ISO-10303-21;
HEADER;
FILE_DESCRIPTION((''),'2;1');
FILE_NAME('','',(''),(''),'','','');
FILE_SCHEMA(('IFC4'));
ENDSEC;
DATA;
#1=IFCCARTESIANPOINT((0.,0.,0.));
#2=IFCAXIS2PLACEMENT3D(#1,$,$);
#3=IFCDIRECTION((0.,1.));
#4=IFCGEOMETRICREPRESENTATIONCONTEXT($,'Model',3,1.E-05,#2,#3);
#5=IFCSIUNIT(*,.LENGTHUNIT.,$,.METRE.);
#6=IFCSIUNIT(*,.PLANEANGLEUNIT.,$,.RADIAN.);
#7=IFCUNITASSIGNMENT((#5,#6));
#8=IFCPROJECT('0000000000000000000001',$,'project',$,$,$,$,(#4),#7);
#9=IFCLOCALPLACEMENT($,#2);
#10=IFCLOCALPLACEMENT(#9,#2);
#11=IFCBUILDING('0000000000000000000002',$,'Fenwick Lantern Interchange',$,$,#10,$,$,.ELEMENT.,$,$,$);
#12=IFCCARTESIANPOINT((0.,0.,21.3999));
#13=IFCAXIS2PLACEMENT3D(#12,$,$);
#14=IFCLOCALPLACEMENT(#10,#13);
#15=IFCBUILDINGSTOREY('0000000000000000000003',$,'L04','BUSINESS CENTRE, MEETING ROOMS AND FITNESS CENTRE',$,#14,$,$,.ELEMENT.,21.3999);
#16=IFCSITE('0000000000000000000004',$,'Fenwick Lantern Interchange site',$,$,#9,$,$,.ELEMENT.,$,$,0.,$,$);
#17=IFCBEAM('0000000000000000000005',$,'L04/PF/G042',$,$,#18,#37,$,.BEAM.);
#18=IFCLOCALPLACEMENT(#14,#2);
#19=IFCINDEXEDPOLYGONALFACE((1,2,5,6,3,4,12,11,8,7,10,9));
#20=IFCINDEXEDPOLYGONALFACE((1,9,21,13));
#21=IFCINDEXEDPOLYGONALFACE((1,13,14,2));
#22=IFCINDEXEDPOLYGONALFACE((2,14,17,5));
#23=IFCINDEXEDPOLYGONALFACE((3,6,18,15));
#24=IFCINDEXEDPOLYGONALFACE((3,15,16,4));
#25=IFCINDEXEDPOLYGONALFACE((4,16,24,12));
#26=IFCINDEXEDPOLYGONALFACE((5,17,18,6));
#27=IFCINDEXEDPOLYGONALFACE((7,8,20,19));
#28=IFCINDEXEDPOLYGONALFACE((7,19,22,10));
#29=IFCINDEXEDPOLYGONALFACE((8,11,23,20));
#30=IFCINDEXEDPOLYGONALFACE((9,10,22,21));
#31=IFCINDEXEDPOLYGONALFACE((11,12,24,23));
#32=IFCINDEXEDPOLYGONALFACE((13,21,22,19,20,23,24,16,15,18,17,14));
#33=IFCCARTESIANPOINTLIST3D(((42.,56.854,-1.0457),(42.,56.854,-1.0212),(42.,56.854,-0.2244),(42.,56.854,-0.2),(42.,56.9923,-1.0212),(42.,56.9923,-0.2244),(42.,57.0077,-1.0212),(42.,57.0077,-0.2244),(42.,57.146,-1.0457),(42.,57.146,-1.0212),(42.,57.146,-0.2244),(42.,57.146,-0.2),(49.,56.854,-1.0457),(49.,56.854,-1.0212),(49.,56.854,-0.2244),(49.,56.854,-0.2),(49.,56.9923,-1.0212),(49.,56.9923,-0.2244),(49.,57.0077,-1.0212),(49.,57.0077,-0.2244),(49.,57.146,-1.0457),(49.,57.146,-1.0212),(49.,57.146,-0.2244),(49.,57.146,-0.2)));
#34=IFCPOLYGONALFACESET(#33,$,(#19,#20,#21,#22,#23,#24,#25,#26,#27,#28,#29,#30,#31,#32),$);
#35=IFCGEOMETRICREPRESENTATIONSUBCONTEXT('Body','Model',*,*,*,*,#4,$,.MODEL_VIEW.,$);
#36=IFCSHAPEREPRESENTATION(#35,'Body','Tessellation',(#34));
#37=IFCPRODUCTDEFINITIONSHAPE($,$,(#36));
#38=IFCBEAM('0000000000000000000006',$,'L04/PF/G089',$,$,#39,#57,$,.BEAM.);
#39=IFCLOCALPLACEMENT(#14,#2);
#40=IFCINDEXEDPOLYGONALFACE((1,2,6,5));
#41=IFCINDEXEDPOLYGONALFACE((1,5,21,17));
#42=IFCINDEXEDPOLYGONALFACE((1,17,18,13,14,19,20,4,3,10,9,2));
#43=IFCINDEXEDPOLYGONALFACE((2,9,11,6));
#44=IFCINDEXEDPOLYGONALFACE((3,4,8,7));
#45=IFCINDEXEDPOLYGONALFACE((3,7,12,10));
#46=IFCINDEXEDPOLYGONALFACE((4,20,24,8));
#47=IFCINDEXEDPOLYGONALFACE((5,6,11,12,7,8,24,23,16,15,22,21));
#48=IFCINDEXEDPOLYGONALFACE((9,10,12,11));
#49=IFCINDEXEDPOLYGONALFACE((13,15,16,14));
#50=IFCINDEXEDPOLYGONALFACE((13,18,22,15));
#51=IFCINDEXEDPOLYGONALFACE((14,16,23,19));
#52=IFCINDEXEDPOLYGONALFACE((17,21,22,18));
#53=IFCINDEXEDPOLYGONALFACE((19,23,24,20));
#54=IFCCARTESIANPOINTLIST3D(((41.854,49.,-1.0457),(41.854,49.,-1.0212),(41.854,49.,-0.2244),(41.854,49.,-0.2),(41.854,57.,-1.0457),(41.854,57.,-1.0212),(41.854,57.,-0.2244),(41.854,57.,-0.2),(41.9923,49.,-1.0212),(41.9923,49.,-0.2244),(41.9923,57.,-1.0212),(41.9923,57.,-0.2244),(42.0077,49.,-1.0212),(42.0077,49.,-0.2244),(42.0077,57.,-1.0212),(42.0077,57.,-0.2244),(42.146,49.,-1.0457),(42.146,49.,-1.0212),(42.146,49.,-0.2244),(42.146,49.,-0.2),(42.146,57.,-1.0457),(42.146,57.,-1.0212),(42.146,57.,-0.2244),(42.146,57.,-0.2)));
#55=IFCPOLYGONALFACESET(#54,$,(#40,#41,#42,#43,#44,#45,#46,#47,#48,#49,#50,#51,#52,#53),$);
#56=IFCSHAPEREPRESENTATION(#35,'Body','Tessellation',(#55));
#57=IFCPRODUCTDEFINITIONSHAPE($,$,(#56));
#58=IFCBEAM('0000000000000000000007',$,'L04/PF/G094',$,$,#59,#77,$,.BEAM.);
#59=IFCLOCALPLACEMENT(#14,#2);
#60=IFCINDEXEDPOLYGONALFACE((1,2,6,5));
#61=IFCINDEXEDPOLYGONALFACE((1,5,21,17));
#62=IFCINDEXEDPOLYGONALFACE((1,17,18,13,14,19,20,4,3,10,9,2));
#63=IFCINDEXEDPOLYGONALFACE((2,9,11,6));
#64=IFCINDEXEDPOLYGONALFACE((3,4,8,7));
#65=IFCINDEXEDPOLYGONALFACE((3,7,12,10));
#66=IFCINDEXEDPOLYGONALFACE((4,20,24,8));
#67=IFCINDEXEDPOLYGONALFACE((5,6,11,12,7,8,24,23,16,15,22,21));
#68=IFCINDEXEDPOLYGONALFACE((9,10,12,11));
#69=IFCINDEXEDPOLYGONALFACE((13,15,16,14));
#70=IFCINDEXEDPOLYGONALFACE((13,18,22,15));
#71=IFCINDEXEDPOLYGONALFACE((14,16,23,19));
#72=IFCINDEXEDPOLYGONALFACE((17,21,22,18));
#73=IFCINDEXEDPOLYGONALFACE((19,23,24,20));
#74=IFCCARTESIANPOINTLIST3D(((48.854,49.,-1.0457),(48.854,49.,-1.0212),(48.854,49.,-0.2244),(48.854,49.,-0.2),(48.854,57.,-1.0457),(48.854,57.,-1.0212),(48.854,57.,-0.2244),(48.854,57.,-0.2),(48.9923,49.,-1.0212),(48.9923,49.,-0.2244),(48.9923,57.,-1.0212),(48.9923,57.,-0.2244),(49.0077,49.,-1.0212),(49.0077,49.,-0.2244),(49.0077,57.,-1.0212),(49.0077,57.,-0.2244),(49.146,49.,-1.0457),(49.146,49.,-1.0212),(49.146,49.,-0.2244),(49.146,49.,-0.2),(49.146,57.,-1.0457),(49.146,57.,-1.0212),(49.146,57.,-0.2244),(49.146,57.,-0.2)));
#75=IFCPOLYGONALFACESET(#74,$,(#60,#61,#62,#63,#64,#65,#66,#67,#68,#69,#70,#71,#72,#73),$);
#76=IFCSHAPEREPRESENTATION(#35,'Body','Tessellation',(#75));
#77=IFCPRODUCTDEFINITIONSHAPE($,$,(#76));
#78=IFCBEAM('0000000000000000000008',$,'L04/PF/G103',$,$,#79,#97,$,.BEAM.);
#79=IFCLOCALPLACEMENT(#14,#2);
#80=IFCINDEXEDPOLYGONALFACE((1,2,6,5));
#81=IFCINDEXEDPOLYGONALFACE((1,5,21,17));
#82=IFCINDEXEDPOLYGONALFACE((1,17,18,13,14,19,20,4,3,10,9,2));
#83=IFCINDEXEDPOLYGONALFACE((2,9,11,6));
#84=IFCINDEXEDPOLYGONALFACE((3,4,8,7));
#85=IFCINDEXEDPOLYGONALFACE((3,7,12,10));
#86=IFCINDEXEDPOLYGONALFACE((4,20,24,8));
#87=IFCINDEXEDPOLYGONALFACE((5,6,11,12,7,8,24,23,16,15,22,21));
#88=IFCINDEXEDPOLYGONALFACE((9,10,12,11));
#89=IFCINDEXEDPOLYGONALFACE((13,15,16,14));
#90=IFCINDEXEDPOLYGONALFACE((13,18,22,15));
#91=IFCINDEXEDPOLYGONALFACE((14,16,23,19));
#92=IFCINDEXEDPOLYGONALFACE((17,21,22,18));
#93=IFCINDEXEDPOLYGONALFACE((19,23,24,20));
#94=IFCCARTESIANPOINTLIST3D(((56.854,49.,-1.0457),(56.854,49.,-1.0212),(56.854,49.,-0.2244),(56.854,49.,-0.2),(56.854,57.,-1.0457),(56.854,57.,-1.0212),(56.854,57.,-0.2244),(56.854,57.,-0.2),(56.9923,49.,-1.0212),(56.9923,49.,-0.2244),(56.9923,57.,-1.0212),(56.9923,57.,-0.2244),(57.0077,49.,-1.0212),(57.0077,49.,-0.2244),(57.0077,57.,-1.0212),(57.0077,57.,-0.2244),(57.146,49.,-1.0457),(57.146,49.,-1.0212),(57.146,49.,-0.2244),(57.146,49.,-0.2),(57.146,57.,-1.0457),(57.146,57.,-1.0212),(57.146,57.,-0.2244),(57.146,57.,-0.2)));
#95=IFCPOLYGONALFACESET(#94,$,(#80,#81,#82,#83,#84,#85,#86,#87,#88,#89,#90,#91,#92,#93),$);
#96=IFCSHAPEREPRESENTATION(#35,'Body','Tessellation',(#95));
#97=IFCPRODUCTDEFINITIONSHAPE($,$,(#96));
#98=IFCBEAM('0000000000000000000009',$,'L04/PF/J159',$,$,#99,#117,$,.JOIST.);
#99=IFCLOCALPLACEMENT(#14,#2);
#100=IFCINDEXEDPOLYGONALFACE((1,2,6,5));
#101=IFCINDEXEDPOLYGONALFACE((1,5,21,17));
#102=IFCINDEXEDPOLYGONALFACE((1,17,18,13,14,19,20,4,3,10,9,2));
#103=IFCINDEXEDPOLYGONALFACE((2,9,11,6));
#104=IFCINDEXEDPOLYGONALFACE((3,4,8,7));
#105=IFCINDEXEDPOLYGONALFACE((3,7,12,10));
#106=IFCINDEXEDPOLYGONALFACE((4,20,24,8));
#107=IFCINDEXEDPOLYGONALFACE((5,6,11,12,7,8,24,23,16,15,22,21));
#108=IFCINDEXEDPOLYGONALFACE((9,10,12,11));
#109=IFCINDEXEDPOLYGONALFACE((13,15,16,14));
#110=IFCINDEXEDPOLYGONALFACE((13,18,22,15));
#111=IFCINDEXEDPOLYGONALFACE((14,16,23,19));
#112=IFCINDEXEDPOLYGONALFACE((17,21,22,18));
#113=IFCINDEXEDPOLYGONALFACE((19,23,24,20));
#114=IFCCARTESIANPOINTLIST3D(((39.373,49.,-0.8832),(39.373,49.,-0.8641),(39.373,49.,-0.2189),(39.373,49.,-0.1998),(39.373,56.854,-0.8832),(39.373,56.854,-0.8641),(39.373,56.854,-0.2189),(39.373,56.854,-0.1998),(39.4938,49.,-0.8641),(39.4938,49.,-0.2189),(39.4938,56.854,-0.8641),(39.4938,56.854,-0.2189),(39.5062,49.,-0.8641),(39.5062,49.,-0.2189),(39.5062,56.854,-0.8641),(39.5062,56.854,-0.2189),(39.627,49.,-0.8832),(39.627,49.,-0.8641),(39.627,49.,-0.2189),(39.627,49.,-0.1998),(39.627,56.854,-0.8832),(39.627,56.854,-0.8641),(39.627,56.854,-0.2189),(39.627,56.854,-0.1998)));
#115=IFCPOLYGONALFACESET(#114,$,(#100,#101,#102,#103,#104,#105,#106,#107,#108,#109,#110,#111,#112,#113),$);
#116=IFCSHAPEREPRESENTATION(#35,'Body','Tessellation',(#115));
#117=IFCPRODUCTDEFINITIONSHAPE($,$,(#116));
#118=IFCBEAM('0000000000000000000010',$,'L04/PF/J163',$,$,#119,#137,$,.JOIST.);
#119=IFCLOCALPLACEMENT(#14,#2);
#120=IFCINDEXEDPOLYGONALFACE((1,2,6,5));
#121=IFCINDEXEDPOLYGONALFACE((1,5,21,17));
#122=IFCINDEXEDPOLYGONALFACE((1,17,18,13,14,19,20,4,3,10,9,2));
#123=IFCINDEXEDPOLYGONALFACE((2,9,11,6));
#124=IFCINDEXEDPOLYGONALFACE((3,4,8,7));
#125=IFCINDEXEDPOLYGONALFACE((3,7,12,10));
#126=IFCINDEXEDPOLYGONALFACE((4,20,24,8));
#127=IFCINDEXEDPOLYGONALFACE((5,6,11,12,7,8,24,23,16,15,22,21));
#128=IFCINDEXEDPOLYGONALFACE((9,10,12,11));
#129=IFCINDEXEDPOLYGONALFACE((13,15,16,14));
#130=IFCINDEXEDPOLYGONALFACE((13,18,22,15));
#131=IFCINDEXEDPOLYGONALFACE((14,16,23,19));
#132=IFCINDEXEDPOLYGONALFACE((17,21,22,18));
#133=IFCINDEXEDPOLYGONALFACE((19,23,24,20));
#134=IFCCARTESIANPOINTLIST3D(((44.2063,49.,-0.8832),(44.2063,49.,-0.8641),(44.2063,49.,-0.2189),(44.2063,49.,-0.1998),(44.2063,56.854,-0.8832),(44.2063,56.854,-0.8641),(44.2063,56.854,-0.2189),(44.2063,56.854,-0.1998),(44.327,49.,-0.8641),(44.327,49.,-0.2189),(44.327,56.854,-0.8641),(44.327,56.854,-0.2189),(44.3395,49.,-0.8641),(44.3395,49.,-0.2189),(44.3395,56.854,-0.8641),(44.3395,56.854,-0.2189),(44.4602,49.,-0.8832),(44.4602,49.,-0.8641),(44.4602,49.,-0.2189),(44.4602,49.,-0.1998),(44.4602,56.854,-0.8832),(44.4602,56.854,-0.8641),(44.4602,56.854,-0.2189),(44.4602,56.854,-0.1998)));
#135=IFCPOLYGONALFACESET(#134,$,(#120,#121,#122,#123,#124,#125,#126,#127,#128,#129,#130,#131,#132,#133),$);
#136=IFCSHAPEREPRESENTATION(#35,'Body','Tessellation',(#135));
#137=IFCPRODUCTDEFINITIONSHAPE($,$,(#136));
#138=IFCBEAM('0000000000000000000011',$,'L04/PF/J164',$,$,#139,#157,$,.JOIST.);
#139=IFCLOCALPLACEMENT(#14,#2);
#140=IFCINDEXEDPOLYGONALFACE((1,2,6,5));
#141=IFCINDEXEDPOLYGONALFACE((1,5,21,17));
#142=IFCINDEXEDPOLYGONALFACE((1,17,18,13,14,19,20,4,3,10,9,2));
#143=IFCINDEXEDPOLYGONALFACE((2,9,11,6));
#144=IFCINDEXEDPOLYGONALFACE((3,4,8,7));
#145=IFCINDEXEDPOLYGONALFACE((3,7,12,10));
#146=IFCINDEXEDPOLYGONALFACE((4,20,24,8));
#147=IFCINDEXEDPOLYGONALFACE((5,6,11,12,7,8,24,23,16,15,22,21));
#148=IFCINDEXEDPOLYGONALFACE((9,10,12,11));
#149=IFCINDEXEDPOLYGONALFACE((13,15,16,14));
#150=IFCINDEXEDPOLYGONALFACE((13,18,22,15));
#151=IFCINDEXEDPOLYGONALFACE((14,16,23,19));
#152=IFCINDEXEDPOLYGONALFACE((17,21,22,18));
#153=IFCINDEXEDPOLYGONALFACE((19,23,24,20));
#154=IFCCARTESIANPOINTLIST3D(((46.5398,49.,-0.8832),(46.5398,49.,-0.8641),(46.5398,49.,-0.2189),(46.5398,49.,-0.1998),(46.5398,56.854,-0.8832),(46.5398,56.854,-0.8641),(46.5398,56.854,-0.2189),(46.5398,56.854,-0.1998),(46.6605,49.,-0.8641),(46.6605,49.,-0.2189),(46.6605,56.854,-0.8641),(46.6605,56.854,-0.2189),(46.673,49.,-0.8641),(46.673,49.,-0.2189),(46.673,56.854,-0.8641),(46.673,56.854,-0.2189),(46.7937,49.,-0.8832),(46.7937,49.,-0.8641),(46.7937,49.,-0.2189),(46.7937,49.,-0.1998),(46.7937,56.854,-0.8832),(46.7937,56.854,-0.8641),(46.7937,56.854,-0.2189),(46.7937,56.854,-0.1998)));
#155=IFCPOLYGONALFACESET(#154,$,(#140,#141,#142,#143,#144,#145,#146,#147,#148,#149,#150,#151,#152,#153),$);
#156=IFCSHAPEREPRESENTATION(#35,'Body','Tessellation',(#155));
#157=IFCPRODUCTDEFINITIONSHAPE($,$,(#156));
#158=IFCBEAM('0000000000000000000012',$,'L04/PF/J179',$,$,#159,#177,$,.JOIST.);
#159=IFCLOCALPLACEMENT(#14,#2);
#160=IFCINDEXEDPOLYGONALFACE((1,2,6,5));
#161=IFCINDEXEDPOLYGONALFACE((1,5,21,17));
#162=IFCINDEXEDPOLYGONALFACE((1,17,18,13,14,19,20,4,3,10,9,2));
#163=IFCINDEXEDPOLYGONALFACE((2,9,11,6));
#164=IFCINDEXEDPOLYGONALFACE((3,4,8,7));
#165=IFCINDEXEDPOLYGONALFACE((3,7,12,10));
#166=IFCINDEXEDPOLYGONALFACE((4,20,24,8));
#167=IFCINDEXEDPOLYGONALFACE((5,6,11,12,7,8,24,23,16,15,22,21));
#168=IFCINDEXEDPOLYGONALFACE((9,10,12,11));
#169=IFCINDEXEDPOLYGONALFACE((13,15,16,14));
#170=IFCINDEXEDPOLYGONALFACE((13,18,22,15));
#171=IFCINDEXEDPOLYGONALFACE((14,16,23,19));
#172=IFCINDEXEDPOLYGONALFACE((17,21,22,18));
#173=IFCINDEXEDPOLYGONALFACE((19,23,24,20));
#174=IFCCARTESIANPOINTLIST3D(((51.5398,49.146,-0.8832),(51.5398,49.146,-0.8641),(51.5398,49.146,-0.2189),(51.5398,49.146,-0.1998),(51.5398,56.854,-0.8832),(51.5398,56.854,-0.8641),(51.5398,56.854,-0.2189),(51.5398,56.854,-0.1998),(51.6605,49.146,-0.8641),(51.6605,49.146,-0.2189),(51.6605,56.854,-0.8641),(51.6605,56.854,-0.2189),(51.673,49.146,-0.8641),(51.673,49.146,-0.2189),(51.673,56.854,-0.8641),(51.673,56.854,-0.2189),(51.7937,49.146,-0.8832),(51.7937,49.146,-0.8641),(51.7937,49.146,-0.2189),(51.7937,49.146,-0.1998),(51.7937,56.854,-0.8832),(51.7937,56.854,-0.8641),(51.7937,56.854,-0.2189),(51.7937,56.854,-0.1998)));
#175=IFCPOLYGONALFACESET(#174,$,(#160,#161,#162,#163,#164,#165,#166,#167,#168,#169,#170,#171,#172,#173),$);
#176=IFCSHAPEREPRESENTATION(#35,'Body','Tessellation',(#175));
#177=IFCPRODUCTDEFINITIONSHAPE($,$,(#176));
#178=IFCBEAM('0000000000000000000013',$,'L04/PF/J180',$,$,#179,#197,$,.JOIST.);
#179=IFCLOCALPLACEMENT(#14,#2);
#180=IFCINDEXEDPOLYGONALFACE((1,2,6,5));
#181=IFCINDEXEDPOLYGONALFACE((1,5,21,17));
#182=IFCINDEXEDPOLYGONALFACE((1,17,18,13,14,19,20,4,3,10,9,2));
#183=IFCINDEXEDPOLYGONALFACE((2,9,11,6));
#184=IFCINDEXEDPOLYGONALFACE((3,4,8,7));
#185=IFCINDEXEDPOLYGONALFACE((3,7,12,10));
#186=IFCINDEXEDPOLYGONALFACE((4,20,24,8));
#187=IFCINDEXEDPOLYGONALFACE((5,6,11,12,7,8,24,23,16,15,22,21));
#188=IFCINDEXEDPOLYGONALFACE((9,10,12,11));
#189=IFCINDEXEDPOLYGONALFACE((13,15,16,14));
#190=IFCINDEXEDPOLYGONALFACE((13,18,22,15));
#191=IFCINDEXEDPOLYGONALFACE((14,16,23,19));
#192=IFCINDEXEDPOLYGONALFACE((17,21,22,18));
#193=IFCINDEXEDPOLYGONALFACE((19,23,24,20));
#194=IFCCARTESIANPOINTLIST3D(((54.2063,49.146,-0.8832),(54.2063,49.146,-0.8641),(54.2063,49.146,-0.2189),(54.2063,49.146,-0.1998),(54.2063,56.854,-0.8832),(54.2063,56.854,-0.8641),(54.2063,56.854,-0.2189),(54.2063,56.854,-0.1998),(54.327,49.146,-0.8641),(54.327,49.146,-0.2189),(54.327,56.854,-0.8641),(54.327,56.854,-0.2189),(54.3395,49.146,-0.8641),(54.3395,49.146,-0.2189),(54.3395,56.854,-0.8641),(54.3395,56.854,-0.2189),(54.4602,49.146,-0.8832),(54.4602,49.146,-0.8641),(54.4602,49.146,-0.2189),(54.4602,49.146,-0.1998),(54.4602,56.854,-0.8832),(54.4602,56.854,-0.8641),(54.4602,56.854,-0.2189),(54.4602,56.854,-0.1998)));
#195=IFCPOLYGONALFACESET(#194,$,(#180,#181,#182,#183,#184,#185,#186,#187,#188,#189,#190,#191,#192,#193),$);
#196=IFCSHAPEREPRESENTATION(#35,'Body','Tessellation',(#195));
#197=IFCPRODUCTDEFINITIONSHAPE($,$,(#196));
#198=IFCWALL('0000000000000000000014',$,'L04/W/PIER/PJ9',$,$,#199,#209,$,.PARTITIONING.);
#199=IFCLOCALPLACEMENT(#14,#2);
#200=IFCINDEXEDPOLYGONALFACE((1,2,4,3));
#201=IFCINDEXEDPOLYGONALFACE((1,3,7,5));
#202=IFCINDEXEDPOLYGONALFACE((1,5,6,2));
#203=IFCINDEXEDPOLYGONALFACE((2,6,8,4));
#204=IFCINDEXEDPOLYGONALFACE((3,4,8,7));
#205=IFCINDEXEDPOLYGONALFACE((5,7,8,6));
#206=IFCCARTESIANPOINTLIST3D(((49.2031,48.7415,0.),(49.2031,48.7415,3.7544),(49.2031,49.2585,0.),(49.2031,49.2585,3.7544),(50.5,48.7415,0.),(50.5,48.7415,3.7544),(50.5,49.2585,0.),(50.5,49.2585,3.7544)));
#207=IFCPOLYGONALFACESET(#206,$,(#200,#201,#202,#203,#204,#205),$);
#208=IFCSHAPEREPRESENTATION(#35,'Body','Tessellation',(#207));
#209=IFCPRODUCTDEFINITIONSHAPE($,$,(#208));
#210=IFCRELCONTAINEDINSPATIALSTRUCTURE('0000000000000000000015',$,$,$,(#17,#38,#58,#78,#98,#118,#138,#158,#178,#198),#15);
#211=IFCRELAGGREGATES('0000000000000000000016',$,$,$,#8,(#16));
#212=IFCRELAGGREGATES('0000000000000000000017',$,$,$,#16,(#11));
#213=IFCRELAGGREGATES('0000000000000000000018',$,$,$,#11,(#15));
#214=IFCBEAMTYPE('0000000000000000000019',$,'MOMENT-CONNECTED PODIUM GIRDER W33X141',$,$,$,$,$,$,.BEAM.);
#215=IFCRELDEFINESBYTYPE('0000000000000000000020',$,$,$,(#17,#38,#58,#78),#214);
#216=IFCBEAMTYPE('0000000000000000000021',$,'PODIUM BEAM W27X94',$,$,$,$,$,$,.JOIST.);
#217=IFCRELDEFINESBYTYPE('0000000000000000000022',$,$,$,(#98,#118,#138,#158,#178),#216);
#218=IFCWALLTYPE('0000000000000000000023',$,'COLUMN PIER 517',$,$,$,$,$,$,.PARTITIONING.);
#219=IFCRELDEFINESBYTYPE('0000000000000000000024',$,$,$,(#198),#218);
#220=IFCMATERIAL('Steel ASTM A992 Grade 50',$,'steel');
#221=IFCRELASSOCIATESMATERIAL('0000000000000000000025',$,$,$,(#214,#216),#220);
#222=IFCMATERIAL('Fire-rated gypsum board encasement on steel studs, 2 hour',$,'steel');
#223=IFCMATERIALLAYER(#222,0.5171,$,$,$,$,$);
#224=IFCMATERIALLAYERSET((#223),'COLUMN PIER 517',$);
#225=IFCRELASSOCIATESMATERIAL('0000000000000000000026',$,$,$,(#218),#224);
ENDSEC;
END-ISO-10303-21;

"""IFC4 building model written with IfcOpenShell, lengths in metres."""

from ifc_helpers import new_model, si_unit, direction, frame, frame_2d, origin, origin_2d, place, context, subcontext, project, spatial, rectangle, i_section, extrude, material, layer, layer_set, material_profile, profile_set, type_object, element, save


model = new_model("IFC4")

# Units and contexts
model_context = context("Model", 3, precision=1e-05, world=origin(), true_north=direction((0.0, 1.0)))
body_context = subcontext(model_context, "Body", "Model", "MODEL_VIEW")
ifc_project = project(units=[si_unit("LENGTHUNIT", "METRE"), si_unit("PLANEANGLEUNIT", "RADIAN")], contexts=[model_context])

# Site, building, storey
site_placement = place(None, origin())
site = spatial("IfcSite", under=ifc_project, at=site_placement, Name="Fenwick Lantern Interchange site", CompositionType="ELEMENT", RefElevation=0.0)
building_placement = place(site_placement, origin())
building = spatial("IfcBuilding", under=site, at=building_placement, Name="Fenwick Lantern Interchange", CompositionType="ELEMENT")
storey_placement = place(building_placement, frame((0.0, 0.0, 21.3999)))
storey = spatial("IfcBuildingStorey", under=building, at=storey_placement, Name="L04", Description="BUSINESS CENTRE, MEETING ROOMS AND FITNESS CENTRE", CompositionType="ELEMENT", Elevation=21.3999)

# Shared definitions
ifc_material_1 = material(Name="Steel ASTM A992 Grade 50", Category="steel")

# Beams
ifc_material_profile_1 = material_profile(ifc_material_1, i_section(OverallWidth=0.292, OverallDepth=0.8457, WebThickness=0.0154, FlangeThickness=0.0244, at=origin_2d()), Name="W33X141")
ifc_profile_set_1 = profile_set([ifc_material_profile_1], Name="Steel ASTM A992 Grade 50")
beam_type_1 = type_object("IfcBeamType", Name="MOMENT-CONNECTED PODIUM GIRDER W33X141", PredefinedType="BEAM", material=ifc_profile_set_1)
beam_1_placement = place(storey_placement, frame((42.0, 57.0, -0.6228), z_axis=(1.0, 0.0, 0.0), x_axis=(0.0, 1.0, 0.0)))
element("IfcBeam", 1, at=beam_1_placement, inside=storey, type_object=beam_type_1, Name="L04/PF/G042", PredefinedType="BEAM", context=body_context, shape_type="SweptSolid", body=[
    extrude(i_section(OverallWidth=0.292, OverallDepth=0.8457, WebThickness=0.0154, FlangeThickness=0.0244, at=origin_2d()), origin(), (0.0, 0.0, 1.0), 7.0),
])
for number, where, z_axis, x_axis, name in (
    (2, (42.0, 49.0, -0.6228), (0.0, 1.0, 0.0), (-1.0, 0.0, 0.0), "L04/PF/G089"),
    (3, (49.0, 49.0, -0.6228), (0.0, 1.0, 0.0), (-1.0, 0.0, 0.0), "L04/PF/G094"),
    (4, (57.0, 49.0, -0.6228), (0.0, 1.0, 0.0), (-1.0, 0.0, 0.0), "L04/PF/G103"),
):
    element("IfcBeam", number, at=place(storey_placement, frame(where, z_axis=z_axis, x_axis=x_axis)), inside=storey, type_object=beam_type_1, Name=name, PredefinedType="BEAM", context=body_context, shape_type="SweptSolid", body=[
        extrude(i_section(OverallWidth=0.292, OverallDepth=0.8457, WebThickness=0.0154, FlangeThickness=0.0244, at=origin_2d()), origin(), (0.0, 0.0, 1.0), 8.0),
    ])
ifc_material_profile_2 = material_profile(ifc_material_1, i_section(OverallWidth=0.2539, OverallDepth=0.6833, WebThickness=0.0125, FlangeThickness=0.019, at=origin_2d()), Name="W27X94")
ifc_profile_set_2 = profile_set([ifc_material_profile_2], Name="Steel ASTM A992 Grade 50")
beam_type_2 = type_object("IfcBeamType", Name="PODIUM BEAM W27X94", PredefinedType="JOIST", material=ifc_profile_set_2)
for number, where, z_axis, x_axis, name in (
    (5, (39.5, 49.0, -0.5415), (0.0, 1.0, 0.0), (-1.0, 0.0, 0.0), "L04/PF/J159"),
    (6, (44.3333, 49.0, -0.5415), (0.0, 1.0, 0.0), (-1.0, 0.0, 0.0), "L04/PF/J163"),
    (7, (46.6667, 49.0, -0.5415), (0.0, 1.0, 0.0), (-1.0, 0.0, 0.0), "L04/PF/J164"),
):
    element("IfcBeam", number, at=place(storey_placement, frame(where, z_axis=z_axis, x_axis=x_axis)), inside=storey, type_object=beam_type_2, Name=name, PredefinedType="JOIST", context=body_context, shape_type="SweptSolid", body=[
        extrude(i_section(OverallWidth=0.2539, OverallDepth=0.6833, WebThickness=0.0125, FlangeThickness=0.019, at=origin_2d()), origin(), (0.0, 0.0, 1.0), 7.854),
    ])
for number, where, z_axis, x_axis, name in (
    (8, (51.6667, 49.146, -0.5415), (0.0, 1.0, 0.0), (-1.0, 0.0, 0.0), "L04/PF/J179"),
    (9, (54.3333, 49.146, -0.5415), (0.0, 1.0, 0.0), (-1.0, 0.0, 0.0), "L04/PF/J180"),
):
    element("IfcBeam", number, at=place(storey_placement, frame(where, z_axis=z_axis, x_axis=x_axis)), inside=storey, type_object=beam_type_2, Name=name, PredefinedType="JOIST", context=body_context, shape_type="SweptSolid", body=[
        extrude(i_section(OverallWidth=0.2539, OverallDepth=0.6833, WebThickness=0.0125, FlangeThickness=0.019, at=origin_2d()), origin(), (0.0, 0.0, 1.0), 7.708),
    ])

# Wall
ifc_material_2 = material(Name="Fire-rated gypsum board encasement on steel studs, 2 hour", Category="steel")
ifc_layer = layer(ifc_material_2, 0.5171)
ifc_layer_set = layer_set([ifc_layer], Name="COLUMN PIER 517")
wall_type = type_object("IfcWallType", Name="COLUMN PIER 517", PredefinedType="PARTITIONING", material=ifc_layer_set)
wall_placement = place(storey_placement, frame((50.5, 49.0, 0.0), z_axis=(0.0, 0.0, 1.0), x_axis=(-1.0, 0.0, 0.0)))
element("IfcWall", 10, at=wall_placement, inside=storey, type_object=wall_type, Name="L04/W/PIER/PJ9", PredefinedType="PARTITIONING", context=body_context, shape_type="SweptSolid", body=[
    extrude(rectangle(XDim=1.2969, YDim=0.5171, at=frame_2d((0.6484, 0.0))), origin(), (0.0, 0.0, 1.0), 3.7544),
])

save(model, "model.ifc")
